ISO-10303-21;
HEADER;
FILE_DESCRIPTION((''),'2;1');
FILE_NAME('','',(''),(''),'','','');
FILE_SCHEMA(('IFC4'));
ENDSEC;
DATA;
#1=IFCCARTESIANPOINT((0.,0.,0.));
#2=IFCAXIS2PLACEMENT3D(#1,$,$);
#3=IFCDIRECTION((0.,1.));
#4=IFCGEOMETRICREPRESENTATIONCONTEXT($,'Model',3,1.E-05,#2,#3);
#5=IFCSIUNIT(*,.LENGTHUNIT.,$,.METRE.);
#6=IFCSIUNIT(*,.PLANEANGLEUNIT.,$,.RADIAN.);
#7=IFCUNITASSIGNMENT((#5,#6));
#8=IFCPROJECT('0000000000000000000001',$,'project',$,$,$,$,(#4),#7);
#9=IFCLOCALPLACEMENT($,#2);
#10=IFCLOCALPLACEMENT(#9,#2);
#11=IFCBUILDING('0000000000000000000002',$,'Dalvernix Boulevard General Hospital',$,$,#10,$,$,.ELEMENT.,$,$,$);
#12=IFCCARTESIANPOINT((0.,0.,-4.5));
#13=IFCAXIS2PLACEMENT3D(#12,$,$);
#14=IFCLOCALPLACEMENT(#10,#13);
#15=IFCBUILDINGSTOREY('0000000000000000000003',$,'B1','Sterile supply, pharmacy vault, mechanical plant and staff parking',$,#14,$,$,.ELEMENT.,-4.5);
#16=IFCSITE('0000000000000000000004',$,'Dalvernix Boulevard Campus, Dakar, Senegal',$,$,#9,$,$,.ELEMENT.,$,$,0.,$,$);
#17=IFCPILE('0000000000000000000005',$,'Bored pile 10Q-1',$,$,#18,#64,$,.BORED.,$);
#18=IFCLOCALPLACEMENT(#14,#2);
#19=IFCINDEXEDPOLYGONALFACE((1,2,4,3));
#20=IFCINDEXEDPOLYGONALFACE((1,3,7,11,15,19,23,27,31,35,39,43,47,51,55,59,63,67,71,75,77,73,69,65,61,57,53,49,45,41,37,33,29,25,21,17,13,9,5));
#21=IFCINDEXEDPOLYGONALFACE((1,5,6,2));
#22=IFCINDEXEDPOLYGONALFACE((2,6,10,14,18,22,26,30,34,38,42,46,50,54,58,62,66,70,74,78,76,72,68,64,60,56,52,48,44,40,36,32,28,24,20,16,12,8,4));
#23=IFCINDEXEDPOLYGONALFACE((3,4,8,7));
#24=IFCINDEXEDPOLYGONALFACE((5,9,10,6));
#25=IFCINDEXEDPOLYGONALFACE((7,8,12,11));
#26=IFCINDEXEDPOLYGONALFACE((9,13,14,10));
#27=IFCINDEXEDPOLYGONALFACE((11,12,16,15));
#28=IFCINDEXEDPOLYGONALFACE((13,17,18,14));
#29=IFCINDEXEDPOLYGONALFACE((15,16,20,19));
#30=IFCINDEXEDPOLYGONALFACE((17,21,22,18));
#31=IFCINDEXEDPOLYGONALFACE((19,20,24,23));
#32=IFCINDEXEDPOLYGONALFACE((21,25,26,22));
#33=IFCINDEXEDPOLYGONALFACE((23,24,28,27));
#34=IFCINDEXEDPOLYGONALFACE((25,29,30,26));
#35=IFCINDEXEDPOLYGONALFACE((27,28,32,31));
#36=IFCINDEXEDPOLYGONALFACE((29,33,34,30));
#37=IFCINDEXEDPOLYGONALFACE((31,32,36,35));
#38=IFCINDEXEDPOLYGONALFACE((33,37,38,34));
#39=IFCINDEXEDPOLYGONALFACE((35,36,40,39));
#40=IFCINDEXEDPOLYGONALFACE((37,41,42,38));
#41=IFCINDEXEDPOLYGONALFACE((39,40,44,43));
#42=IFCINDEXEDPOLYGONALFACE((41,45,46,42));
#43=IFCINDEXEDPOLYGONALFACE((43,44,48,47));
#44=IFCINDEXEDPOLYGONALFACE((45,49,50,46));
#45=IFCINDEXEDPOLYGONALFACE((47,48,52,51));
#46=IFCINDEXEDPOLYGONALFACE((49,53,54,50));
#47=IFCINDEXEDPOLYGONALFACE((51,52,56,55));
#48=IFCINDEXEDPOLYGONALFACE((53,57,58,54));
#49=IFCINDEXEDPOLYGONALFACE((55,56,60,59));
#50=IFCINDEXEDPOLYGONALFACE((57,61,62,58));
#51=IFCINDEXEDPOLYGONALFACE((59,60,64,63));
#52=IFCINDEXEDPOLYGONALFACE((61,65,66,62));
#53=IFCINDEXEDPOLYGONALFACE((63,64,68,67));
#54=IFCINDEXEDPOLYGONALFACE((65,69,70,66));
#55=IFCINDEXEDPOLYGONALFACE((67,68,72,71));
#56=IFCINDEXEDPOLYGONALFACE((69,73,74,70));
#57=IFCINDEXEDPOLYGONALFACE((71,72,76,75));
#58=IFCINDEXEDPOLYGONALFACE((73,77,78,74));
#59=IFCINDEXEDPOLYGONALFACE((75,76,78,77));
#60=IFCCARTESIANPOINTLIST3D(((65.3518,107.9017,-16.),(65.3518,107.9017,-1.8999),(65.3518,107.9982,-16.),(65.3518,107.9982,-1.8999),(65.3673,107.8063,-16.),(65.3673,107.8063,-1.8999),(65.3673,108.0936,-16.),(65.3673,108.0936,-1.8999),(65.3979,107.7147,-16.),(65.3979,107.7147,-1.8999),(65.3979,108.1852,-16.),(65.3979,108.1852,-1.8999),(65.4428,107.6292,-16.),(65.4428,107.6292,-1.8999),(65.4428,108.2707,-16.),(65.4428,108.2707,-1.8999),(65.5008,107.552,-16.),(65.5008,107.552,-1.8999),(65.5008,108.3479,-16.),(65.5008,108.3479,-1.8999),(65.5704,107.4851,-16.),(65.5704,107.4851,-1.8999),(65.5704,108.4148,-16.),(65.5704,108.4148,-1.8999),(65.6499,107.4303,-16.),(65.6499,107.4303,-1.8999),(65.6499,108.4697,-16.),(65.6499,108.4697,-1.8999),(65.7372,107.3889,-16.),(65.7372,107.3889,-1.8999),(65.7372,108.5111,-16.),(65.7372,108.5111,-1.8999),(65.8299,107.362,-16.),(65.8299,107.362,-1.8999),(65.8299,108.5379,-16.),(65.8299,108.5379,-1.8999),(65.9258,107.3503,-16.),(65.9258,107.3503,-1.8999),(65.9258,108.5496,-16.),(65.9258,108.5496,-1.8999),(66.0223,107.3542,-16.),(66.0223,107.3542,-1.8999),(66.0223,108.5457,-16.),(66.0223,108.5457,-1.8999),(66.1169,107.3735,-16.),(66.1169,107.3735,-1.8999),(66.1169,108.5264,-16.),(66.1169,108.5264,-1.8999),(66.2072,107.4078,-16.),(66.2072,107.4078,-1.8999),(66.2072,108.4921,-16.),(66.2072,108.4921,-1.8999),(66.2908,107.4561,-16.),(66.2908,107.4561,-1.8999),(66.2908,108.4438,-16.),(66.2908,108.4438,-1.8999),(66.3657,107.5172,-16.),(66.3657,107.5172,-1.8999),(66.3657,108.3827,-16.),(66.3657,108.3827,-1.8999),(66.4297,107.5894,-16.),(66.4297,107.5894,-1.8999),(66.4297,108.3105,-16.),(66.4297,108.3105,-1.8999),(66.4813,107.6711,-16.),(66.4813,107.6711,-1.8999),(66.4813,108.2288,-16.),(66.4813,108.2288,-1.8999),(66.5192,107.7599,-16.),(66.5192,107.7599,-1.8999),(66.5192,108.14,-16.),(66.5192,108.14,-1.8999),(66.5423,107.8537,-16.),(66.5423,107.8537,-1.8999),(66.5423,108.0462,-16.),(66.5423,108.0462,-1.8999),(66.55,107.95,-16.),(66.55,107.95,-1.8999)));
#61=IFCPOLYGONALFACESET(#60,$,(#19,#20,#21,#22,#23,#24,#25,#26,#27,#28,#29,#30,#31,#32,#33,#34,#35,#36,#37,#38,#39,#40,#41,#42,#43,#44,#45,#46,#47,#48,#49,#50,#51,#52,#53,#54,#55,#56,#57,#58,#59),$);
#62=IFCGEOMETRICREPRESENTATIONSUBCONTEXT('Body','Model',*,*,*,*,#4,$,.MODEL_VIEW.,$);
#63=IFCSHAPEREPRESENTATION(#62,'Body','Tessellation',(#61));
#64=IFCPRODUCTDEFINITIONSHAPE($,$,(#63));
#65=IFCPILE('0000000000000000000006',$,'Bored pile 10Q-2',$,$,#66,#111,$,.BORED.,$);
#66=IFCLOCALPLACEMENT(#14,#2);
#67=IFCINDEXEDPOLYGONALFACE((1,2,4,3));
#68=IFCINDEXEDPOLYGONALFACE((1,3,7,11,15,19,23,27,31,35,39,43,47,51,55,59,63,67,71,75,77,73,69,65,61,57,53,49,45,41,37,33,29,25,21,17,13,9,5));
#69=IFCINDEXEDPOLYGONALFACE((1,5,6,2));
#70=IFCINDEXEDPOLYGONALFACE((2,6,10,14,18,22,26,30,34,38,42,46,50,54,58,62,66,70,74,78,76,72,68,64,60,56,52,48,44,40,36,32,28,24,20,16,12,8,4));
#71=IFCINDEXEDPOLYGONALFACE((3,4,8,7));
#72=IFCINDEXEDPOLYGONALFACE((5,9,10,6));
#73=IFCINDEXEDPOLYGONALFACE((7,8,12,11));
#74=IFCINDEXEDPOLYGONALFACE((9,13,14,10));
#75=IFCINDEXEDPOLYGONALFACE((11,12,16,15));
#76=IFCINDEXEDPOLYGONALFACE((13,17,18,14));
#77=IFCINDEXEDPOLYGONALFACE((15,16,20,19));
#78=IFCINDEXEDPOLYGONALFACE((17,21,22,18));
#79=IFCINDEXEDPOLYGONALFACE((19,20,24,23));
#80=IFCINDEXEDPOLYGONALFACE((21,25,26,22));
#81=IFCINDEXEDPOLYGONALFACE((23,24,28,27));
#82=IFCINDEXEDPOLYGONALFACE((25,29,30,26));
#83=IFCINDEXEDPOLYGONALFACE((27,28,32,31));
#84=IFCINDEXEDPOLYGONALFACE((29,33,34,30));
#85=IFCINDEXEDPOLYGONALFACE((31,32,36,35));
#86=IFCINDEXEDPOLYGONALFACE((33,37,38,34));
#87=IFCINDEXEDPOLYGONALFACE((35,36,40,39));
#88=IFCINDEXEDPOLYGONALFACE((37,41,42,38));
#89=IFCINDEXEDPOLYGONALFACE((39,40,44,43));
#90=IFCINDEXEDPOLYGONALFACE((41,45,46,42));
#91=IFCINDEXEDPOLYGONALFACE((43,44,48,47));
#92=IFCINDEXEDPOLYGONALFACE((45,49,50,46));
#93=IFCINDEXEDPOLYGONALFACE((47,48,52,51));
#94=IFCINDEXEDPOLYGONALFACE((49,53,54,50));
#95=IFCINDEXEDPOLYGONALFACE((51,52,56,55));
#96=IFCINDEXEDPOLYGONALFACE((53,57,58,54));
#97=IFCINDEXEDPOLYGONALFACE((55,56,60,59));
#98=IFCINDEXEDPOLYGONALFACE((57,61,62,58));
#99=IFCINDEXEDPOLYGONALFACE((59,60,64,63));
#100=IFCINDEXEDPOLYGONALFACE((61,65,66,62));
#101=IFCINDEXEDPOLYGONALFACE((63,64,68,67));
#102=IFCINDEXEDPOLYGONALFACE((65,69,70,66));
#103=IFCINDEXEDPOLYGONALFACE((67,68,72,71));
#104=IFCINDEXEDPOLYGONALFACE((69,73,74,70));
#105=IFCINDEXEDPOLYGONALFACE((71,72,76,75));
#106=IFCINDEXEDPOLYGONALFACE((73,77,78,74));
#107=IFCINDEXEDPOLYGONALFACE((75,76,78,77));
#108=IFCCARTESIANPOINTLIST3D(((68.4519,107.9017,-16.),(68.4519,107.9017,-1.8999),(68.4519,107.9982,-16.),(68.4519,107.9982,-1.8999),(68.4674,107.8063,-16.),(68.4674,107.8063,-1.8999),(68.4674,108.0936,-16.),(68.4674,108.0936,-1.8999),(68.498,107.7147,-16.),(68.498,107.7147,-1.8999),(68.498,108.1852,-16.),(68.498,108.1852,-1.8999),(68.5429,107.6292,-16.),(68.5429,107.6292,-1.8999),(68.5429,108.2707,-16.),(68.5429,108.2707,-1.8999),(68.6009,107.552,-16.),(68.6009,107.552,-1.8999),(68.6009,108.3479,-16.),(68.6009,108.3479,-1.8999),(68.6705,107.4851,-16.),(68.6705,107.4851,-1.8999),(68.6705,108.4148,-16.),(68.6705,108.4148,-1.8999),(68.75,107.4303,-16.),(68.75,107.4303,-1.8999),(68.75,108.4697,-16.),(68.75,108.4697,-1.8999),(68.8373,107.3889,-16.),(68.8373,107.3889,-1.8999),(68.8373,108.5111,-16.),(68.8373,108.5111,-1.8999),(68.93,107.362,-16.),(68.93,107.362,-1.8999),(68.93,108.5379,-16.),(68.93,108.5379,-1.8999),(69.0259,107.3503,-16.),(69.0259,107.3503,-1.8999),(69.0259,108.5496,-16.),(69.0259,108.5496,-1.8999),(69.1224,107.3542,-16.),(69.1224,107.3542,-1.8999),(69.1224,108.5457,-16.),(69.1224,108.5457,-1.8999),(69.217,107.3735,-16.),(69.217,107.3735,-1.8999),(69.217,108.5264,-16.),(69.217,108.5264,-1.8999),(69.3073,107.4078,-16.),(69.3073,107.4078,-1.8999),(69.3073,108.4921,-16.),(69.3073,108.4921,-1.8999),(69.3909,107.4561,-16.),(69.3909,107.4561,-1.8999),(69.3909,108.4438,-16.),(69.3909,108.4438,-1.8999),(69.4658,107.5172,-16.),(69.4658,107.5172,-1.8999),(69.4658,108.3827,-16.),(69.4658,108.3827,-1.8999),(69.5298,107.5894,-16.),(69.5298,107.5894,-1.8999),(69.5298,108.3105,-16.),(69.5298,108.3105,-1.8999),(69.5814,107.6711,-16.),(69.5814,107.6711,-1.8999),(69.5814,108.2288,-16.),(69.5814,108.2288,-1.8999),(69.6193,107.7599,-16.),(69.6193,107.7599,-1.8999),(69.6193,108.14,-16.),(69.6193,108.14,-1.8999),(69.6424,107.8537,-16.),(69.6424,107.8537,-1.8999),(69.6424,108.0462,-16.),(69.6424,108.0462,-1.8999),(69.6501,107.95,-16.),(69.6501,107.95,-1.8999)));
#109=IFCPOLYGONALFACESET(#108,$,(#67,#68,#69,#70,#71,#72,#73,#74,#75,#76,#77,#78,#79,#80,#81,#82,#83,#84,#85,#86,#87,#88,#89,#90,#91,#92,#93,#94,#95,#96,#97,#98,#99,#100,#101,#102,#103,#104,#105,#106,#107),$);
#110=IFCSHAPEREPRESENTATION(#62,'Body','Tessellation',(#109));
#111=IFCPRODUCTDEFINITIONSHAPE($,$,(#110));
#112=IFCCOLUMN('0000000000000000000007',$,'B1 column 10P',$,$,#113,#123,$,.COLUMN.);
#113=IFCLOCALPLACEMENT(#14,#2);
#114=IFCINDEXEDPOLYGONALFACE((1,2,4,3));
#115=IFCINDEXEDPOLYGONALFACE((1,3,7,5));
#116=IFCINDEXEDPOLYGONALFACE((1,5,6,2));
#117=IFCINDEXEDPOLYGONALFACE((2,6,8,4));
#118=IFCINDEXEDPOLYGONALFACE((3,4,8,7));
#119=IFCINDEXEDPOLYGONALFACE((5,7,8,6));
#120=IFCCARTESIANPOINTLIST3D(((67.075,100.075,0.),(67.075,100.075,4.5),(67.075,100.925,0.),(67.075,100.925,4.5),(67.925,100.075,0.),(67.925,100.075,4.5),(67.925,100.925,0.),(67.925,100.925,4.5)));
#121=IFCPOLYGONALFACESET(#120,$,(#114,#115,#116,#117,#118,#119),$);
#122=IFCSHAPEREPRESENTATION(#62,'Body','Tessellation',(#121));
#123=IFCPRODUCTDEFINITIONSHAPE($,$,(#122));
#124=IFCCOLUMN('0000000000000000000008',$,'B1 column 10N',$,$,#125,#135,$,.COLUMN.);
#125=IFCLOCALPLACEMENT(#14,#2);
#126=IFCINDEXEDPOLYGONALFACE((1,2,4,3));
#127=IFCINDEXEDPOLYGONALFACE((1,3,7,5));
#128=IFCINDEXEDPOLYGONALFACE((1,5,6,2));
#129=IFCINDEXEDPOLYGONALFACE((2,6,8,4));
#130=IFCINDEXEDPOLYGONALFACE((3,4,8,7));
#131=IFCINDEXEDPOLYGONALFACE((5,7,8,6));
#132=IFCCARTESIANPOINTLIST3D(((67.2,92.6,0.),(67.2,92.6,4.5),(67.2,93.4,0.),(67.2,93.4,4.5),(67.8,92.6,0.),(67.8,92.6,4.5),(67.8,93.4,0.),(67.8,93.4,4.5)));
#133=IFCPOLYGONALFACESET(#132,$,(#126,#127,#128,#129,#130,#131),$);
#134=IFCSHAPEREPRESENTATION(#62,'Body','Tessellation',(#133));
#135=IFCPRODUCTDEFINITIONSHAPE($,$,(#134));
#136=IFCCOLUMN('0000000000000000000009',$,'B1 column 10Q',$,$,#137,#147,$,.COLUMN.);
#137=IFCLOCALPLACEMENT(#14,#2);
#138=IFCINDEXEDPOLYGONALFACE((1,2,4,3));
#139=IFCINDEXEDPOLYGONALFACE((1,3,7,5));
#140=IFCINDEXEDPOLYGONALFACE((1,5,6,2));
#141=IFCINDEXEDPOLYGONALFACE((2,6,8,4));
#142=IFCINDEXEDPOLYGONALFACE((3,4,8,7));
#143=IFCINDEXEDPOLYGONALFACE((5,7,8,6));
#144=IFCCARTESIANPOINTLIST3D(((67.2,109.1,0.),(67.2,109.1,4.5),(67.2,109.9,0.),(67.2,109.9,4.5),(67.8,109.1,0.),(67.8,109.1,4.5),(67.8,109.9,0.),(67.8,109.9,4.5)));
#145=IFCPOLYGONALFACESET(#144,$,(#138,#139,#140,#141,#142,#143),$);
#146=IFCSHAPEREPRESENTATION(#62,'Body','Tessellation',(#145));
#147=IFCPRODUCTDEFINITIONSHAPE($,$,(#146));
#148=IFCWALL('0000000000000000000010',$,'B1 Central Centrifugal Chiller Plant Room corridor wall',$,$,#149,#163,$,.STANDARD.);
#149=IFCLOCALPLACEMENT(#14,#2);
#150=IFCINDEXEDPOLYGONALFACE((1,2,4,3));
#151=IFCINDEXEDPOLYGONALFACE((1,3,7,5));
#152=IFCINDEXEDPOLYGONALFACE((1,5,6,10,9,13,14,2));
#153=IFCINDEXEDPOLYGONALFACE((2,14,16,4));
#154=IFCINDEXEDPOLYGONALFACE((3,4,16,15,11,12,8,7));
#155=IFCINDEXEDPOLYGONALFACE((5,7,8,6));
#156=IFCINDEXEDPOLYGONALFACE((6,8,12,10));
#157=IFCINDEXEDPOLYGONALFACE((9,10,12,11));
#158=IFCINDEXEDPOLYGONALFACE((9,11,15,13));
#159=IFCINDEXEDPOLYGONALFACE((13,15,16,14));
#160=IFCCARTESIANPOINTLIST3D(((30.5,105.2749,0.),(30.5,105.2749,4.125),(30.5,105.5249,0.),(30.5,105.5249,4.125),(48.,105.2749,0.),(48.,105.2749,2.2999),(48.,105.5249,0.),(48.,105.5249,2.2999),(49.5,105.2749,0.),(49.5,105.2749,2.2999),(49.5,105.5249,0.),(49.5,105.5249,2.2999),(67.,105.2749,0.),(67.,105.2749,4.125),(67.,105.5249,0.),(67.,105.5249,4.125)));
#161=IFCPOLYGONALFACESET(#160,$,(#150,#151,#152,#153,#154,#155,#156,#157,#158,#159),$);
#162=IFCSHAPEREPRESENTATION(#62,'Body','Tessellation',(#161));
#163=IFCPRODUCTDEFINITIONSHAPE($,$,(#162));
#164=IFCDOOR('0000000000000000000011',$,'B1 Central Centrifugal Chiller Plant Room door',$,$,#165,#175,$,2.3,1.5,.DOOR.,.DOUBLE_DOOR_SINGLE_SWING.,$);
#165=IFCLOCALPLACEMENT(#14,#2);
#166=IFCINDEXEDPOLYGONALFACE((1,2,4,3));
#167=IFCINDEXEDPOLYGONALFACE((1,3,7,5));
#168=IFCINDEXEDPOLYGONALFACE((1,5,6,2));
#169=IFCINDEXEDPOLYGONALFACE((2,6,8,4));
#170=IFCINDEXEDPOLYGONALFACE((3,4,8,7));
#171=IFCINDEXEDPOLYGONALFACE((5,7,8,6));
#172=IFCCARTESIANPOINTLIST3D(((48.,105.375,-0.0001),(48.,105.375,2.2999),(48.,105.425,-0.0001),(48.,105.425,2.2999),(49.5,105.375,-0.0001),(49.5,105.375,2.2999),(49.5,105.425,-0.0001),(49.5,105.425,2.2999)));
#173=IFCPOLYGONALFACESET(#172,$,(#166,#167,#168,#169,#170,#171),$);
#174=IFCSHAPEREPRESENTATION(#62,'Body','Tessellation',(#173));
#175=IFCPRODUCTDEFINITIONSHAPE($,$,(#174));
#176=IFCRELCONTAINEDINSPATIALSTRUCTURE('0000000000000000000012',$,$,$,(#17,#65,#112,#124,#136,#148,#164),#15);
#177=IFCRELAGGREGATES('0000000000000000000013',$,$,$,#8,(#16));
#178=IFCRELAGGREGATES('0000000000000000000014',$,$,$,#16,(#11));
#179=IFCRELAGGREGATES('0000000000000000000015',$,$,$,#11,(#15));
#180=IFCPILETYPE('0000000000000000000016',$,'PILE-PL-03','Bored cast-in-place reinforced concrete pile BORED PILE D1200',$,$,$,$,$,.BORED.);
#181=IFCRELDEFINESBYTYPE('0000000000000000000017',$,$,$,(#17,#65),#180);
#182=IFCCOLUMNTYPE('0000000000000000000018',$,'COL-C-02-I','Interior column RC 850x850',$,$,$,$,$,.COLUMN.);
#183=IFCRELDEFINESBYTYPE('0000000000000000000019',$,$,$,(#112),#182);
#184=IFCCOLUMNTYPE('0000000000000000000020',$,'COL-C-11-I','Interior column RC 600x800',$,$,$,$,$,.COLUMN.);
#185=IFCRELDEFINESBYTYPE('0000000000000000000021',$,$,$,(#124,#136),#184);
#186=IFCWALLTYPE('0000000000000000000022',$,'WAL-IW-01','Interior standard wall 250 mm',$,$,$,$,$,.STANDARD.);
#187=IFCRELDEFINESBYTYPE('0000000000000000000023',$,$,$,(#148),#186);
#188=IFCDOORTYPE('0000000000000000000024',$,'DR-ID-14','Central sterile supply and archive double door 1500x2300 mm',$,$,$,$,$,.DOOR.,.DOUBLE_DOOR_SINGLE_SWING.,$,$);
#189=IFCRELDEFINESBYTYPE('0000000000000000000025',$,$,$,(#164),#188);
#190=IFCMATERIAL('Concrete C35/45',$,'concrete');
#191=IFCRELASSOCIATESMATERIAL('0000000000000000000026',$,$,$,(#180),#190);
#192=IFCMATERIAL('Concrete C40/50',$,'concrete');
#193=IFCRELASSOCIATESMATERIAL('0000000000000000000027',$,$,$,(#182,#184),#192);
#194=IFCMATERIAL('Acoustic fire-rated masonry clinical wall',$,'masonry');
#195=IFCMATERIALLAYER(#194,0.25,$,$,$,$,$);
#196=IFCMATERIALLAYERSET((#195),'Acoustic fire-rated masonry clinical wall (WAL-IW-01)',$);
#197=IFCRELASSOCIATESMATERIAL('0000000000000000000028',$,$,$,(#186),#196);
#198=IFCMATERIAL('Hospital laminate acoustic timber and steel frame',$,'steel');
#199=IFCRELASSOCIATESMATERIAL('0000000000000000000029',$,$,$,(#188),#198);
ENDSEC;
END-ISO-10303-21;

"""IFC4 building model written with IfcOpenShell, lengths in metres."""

from ifc_helpers import new_model, si_unit, direction, frame, frame_2d, origin, origin_2d, place, context, subcontext, project, spatial, rectangle, circle, extrude, material, layer, layer_set, material_profile, profile_set, type_object, element, fill, save


model = new_model("IFC4")

# Units and contexts
model_context = context("Model", 3, precision=1e-05, world=origin(), true_north=direction((0.0, 1.0)))
body_context = subcontext(model_context, "Body", "Model", "MODEL_VIEW")
ifc_project = project(units=[si_unit("LENGTHUNIT", "METRE"), si_unit("PLANEANGLEUNIT", "RADIAN")], contexts=[model_context])

# Site, building, storey
site_placement = place(None, origin())
site = spatial("IfcSite", under=ifc_project, at=site_placement, Name="Dalvernix Boulevard Campus, Dakar, Senegal", CompositionType="ELEMENT", RefElevation=0.0)
building_placement = place(site_placement, origin())
building = spatial("IfcBuilding", under=site, at=building_placement, Name="Dalvernix Boulevard General Hospital", CompositionType="ELEMENT")
storey_placement = place(building_placement, frame((0.0, 0.0, -4.5)))
storey = spatial("IfcBuildingStorey", under=building, at=storey_placement, Name="B1", Description="Sterile supply, pharmacy vault, mechanical plant and staff parking", CompositionType="ELEMENT", Elevation=-4.5)

# Shared definitions
ifc_material_1 = material(Name="Concrete C35/45", Category="concrete")
ifc_material_2 = material(Name="Concrete C40/50", Category="concrete")

# Piles
ifc_material_profile_1 = material_profile(ifc_material_1, circle(Radius=0.6001, at=origin_2d()), Name="BORED PILE D1200")
ifc_profile_set_1 = profile_set([ifc_material_profile_1], Name="Concrete C35/45")
pile_type_1 = type_object("IfcPileType", Name="PILE-PL-03", Description="Bored cast-in-place reinforced concrete pile BORED PILE D1200", PredefinedType="BORED", material=ifc_profile_set_1)
for number, where, z_axis, x_axis, name in (
    (1, (65.95, 107.95, -1.8999), (0.0, 0.0, -1.0), (1.0, 0.0, 0.0), "Bored pile 10Q-1"),
    (2, (69.05, 107.95, -1.8999), (0.0, 0.0, -1.0), (1.0, 0.0, 0.0), "Bored pile 10Q-2"),
):
    element("IfcPile", number, at=place(storey_placement, frame(where, z_axis=z_axis, x_axis=x_axis)), inside=storey, type_object=pile_type_1, Name=name, PredefinedType="BORED", context=body_context, shape_type="SweptSolid", body=[
        extrude(circle(Radius=0.6001, at=origin_2d()), origin(), (0.0, 0.0, 1.0), 14.1001),
    ])

# Columns
ifc_material_profile_2 = material_profile(ifc_material_2, rectangle(XDim=0.8501, YDim=0.8501, at=origin_2d()), Name="RC 850x850")
ifc_profile_set_2 = profile_set([ifc_material_profile_2], Name="Concrete C40/50")
column_type_1 = type_object("IfcColumnType", Name="COL-C-02-I", Description="Interior column RC 850x850", PredefinedType="COLUMN", material=ifc_profile_set_2)
column_placement = place(storey_placement, frame((67.5, 100.5, 0.0), z_axis=(0.0, 0.0, 1.0), x_axis=(1.0, 0.0, 0.0)))
element("IfcColumn", 3, at=column_placement, inside=storey, type_object=column_type_1, Name="B1 column 10P", PredefinedType="COLUMN", context=body_context, shape_type="SweptSolid", body=[
    extrude(rectangle(XDim=0.8501, YDim=0.8501, at=origin_2d()), origin(), (0.0, 0.0, 1.0), 4.5),
])
ifc_material_profile_3 = material_profile(ifc_material_2, rectangle(XDim=0.6001, YDim=0.8, at=origin_2d()), Name="RC 600x800")
ifc_profile_set_3 = profile_set([ifc_material_profile_3], Name="Concrete C40/50")
column_type_2 = type_object("IfcColumnType", Name="COL-C-11-I", Description="Interior column RC 600x800", PredefinedType="COLUMN", material=ifc_profile_set_3)
for number, where, z_axis, x_axis, name in (
    (4, (67.5, 93.0, 0.0), (0.0, 0.0, 1.0), (1.0, 0.0, 0.0), "B1 column 10N"),
    (5, (67.5, 109.5, 0.0), (0.0, 0.0, 1.0), (1.0, 0.0, 0.0), "B1 column 10Q"),
):
    element("IfcColumn", number, at=place(storey_placement, frame(where, z_axis=z_axis, x_axis=x_axis)), inside=storey, type_object=column_type_2, Name=name, PredefinedType="COLUMN", context=body_context, shape_type="SweptSolid", body=[
        extrude(rectangle(XDim=0.6001, YDim=0.8, at=origin_2d()), origin(), (0.0, 0.0, 1.0), 4.5),
    ])

# Wall, opening, door
ifc_material_3 = material(Name="Acoustic fire-rated masonry clinical wall", Category="masonry")
ifc_layer = layer(ifc_material_3, 0.25)
ifc_layer_set = layer_set([ifc_layer], Name="Acoustic fire-rated masonry clinical wall (WAL-IW-01)")
wall_type = type_object("IfcWallType", Name="WAL-IW-01", Description="Interior standard wall 250 mm", PredefinedType="STANDARD", material=ifc_layer_set)
wall_placement = place(storey_placement, frame((67.0, 105.3999, 0.0), z_axis=(0.0, 0.0, 1.0), x_axis=(-1.0, 0.0, 0.0)))
wall = element("IfcWall", 6, at=wall_placement, inside=storey, type_object=wall_type, Name="B1 Central Centrifugal Chiller Plant Room corridor wall", PredefinedType="STANDARD", context=body_context, shape_type="SweptSolid", body=[
    extrude(rectangle(XDim=36.5, YDim=0.25, at=frame_2d((18.25, 0.0))), origin(), (0.0, 0.0, 1.0), 4.125),
])
opening_placement = place(wall_placement, frame((17.5, 0.0, 0.0)))
opening = element("IfcOpeningElement", 7, at=opening_placement, cuts=wall, PredefinedType="OPENING", context=body_context, shape_type="SweptSolid", body=[
    extrude(rectangle(XDim=1.5, YDim=2.3, at=frame_2d((0.75, 1.1499))), frame((0.0, 0.135, 0.0), z_axis=(0.0, -1.0, 0.0), x_axis=(1.0, 0.0, 0.0)), (0.0, 0.0, 1.0), 0.27),
])
ifc_material_4 = material(Name="Hospital laminate acoustic timber and steel frame", Category="steel")
door_type = type_object("IfcDoorType", Name="DR-ID-14", Description="Central sterile supply and archive double door 1500x2300 mm", OperationType="DOUBLE_DOOR_SINGLE_SWING", PredefinedType="DOOR", material=ifc_material_4)
door_placement = place(opening_placement, origin())
door = element("IfcDoor", 8, at=door_placement, inside=storey, type_object=door_type, Name="B1 Central Centrifugal Chiller Plant Room door", OperationType="DOUBLE_DOOR_SINGLE_SWING", OverallHeight=2.3, OverallWidth=1.5, PredefinedType="DOOR", context=body_context, shape_type="SweptSolid", body=[
    extrude(rectangle(XDim=1.5, YDim=2.3, at=frame_2d((0.75, 1.1499))), frame((0.0, 0.0249, 0.0), z_axis=(0.0, -1.0, 0.0), x_axis=(1.0, 0.0, 0.0)), (0.0, 0.0, 1.0), 0.05),
])
fill(opening, door)

save(model, "model.ifc")
